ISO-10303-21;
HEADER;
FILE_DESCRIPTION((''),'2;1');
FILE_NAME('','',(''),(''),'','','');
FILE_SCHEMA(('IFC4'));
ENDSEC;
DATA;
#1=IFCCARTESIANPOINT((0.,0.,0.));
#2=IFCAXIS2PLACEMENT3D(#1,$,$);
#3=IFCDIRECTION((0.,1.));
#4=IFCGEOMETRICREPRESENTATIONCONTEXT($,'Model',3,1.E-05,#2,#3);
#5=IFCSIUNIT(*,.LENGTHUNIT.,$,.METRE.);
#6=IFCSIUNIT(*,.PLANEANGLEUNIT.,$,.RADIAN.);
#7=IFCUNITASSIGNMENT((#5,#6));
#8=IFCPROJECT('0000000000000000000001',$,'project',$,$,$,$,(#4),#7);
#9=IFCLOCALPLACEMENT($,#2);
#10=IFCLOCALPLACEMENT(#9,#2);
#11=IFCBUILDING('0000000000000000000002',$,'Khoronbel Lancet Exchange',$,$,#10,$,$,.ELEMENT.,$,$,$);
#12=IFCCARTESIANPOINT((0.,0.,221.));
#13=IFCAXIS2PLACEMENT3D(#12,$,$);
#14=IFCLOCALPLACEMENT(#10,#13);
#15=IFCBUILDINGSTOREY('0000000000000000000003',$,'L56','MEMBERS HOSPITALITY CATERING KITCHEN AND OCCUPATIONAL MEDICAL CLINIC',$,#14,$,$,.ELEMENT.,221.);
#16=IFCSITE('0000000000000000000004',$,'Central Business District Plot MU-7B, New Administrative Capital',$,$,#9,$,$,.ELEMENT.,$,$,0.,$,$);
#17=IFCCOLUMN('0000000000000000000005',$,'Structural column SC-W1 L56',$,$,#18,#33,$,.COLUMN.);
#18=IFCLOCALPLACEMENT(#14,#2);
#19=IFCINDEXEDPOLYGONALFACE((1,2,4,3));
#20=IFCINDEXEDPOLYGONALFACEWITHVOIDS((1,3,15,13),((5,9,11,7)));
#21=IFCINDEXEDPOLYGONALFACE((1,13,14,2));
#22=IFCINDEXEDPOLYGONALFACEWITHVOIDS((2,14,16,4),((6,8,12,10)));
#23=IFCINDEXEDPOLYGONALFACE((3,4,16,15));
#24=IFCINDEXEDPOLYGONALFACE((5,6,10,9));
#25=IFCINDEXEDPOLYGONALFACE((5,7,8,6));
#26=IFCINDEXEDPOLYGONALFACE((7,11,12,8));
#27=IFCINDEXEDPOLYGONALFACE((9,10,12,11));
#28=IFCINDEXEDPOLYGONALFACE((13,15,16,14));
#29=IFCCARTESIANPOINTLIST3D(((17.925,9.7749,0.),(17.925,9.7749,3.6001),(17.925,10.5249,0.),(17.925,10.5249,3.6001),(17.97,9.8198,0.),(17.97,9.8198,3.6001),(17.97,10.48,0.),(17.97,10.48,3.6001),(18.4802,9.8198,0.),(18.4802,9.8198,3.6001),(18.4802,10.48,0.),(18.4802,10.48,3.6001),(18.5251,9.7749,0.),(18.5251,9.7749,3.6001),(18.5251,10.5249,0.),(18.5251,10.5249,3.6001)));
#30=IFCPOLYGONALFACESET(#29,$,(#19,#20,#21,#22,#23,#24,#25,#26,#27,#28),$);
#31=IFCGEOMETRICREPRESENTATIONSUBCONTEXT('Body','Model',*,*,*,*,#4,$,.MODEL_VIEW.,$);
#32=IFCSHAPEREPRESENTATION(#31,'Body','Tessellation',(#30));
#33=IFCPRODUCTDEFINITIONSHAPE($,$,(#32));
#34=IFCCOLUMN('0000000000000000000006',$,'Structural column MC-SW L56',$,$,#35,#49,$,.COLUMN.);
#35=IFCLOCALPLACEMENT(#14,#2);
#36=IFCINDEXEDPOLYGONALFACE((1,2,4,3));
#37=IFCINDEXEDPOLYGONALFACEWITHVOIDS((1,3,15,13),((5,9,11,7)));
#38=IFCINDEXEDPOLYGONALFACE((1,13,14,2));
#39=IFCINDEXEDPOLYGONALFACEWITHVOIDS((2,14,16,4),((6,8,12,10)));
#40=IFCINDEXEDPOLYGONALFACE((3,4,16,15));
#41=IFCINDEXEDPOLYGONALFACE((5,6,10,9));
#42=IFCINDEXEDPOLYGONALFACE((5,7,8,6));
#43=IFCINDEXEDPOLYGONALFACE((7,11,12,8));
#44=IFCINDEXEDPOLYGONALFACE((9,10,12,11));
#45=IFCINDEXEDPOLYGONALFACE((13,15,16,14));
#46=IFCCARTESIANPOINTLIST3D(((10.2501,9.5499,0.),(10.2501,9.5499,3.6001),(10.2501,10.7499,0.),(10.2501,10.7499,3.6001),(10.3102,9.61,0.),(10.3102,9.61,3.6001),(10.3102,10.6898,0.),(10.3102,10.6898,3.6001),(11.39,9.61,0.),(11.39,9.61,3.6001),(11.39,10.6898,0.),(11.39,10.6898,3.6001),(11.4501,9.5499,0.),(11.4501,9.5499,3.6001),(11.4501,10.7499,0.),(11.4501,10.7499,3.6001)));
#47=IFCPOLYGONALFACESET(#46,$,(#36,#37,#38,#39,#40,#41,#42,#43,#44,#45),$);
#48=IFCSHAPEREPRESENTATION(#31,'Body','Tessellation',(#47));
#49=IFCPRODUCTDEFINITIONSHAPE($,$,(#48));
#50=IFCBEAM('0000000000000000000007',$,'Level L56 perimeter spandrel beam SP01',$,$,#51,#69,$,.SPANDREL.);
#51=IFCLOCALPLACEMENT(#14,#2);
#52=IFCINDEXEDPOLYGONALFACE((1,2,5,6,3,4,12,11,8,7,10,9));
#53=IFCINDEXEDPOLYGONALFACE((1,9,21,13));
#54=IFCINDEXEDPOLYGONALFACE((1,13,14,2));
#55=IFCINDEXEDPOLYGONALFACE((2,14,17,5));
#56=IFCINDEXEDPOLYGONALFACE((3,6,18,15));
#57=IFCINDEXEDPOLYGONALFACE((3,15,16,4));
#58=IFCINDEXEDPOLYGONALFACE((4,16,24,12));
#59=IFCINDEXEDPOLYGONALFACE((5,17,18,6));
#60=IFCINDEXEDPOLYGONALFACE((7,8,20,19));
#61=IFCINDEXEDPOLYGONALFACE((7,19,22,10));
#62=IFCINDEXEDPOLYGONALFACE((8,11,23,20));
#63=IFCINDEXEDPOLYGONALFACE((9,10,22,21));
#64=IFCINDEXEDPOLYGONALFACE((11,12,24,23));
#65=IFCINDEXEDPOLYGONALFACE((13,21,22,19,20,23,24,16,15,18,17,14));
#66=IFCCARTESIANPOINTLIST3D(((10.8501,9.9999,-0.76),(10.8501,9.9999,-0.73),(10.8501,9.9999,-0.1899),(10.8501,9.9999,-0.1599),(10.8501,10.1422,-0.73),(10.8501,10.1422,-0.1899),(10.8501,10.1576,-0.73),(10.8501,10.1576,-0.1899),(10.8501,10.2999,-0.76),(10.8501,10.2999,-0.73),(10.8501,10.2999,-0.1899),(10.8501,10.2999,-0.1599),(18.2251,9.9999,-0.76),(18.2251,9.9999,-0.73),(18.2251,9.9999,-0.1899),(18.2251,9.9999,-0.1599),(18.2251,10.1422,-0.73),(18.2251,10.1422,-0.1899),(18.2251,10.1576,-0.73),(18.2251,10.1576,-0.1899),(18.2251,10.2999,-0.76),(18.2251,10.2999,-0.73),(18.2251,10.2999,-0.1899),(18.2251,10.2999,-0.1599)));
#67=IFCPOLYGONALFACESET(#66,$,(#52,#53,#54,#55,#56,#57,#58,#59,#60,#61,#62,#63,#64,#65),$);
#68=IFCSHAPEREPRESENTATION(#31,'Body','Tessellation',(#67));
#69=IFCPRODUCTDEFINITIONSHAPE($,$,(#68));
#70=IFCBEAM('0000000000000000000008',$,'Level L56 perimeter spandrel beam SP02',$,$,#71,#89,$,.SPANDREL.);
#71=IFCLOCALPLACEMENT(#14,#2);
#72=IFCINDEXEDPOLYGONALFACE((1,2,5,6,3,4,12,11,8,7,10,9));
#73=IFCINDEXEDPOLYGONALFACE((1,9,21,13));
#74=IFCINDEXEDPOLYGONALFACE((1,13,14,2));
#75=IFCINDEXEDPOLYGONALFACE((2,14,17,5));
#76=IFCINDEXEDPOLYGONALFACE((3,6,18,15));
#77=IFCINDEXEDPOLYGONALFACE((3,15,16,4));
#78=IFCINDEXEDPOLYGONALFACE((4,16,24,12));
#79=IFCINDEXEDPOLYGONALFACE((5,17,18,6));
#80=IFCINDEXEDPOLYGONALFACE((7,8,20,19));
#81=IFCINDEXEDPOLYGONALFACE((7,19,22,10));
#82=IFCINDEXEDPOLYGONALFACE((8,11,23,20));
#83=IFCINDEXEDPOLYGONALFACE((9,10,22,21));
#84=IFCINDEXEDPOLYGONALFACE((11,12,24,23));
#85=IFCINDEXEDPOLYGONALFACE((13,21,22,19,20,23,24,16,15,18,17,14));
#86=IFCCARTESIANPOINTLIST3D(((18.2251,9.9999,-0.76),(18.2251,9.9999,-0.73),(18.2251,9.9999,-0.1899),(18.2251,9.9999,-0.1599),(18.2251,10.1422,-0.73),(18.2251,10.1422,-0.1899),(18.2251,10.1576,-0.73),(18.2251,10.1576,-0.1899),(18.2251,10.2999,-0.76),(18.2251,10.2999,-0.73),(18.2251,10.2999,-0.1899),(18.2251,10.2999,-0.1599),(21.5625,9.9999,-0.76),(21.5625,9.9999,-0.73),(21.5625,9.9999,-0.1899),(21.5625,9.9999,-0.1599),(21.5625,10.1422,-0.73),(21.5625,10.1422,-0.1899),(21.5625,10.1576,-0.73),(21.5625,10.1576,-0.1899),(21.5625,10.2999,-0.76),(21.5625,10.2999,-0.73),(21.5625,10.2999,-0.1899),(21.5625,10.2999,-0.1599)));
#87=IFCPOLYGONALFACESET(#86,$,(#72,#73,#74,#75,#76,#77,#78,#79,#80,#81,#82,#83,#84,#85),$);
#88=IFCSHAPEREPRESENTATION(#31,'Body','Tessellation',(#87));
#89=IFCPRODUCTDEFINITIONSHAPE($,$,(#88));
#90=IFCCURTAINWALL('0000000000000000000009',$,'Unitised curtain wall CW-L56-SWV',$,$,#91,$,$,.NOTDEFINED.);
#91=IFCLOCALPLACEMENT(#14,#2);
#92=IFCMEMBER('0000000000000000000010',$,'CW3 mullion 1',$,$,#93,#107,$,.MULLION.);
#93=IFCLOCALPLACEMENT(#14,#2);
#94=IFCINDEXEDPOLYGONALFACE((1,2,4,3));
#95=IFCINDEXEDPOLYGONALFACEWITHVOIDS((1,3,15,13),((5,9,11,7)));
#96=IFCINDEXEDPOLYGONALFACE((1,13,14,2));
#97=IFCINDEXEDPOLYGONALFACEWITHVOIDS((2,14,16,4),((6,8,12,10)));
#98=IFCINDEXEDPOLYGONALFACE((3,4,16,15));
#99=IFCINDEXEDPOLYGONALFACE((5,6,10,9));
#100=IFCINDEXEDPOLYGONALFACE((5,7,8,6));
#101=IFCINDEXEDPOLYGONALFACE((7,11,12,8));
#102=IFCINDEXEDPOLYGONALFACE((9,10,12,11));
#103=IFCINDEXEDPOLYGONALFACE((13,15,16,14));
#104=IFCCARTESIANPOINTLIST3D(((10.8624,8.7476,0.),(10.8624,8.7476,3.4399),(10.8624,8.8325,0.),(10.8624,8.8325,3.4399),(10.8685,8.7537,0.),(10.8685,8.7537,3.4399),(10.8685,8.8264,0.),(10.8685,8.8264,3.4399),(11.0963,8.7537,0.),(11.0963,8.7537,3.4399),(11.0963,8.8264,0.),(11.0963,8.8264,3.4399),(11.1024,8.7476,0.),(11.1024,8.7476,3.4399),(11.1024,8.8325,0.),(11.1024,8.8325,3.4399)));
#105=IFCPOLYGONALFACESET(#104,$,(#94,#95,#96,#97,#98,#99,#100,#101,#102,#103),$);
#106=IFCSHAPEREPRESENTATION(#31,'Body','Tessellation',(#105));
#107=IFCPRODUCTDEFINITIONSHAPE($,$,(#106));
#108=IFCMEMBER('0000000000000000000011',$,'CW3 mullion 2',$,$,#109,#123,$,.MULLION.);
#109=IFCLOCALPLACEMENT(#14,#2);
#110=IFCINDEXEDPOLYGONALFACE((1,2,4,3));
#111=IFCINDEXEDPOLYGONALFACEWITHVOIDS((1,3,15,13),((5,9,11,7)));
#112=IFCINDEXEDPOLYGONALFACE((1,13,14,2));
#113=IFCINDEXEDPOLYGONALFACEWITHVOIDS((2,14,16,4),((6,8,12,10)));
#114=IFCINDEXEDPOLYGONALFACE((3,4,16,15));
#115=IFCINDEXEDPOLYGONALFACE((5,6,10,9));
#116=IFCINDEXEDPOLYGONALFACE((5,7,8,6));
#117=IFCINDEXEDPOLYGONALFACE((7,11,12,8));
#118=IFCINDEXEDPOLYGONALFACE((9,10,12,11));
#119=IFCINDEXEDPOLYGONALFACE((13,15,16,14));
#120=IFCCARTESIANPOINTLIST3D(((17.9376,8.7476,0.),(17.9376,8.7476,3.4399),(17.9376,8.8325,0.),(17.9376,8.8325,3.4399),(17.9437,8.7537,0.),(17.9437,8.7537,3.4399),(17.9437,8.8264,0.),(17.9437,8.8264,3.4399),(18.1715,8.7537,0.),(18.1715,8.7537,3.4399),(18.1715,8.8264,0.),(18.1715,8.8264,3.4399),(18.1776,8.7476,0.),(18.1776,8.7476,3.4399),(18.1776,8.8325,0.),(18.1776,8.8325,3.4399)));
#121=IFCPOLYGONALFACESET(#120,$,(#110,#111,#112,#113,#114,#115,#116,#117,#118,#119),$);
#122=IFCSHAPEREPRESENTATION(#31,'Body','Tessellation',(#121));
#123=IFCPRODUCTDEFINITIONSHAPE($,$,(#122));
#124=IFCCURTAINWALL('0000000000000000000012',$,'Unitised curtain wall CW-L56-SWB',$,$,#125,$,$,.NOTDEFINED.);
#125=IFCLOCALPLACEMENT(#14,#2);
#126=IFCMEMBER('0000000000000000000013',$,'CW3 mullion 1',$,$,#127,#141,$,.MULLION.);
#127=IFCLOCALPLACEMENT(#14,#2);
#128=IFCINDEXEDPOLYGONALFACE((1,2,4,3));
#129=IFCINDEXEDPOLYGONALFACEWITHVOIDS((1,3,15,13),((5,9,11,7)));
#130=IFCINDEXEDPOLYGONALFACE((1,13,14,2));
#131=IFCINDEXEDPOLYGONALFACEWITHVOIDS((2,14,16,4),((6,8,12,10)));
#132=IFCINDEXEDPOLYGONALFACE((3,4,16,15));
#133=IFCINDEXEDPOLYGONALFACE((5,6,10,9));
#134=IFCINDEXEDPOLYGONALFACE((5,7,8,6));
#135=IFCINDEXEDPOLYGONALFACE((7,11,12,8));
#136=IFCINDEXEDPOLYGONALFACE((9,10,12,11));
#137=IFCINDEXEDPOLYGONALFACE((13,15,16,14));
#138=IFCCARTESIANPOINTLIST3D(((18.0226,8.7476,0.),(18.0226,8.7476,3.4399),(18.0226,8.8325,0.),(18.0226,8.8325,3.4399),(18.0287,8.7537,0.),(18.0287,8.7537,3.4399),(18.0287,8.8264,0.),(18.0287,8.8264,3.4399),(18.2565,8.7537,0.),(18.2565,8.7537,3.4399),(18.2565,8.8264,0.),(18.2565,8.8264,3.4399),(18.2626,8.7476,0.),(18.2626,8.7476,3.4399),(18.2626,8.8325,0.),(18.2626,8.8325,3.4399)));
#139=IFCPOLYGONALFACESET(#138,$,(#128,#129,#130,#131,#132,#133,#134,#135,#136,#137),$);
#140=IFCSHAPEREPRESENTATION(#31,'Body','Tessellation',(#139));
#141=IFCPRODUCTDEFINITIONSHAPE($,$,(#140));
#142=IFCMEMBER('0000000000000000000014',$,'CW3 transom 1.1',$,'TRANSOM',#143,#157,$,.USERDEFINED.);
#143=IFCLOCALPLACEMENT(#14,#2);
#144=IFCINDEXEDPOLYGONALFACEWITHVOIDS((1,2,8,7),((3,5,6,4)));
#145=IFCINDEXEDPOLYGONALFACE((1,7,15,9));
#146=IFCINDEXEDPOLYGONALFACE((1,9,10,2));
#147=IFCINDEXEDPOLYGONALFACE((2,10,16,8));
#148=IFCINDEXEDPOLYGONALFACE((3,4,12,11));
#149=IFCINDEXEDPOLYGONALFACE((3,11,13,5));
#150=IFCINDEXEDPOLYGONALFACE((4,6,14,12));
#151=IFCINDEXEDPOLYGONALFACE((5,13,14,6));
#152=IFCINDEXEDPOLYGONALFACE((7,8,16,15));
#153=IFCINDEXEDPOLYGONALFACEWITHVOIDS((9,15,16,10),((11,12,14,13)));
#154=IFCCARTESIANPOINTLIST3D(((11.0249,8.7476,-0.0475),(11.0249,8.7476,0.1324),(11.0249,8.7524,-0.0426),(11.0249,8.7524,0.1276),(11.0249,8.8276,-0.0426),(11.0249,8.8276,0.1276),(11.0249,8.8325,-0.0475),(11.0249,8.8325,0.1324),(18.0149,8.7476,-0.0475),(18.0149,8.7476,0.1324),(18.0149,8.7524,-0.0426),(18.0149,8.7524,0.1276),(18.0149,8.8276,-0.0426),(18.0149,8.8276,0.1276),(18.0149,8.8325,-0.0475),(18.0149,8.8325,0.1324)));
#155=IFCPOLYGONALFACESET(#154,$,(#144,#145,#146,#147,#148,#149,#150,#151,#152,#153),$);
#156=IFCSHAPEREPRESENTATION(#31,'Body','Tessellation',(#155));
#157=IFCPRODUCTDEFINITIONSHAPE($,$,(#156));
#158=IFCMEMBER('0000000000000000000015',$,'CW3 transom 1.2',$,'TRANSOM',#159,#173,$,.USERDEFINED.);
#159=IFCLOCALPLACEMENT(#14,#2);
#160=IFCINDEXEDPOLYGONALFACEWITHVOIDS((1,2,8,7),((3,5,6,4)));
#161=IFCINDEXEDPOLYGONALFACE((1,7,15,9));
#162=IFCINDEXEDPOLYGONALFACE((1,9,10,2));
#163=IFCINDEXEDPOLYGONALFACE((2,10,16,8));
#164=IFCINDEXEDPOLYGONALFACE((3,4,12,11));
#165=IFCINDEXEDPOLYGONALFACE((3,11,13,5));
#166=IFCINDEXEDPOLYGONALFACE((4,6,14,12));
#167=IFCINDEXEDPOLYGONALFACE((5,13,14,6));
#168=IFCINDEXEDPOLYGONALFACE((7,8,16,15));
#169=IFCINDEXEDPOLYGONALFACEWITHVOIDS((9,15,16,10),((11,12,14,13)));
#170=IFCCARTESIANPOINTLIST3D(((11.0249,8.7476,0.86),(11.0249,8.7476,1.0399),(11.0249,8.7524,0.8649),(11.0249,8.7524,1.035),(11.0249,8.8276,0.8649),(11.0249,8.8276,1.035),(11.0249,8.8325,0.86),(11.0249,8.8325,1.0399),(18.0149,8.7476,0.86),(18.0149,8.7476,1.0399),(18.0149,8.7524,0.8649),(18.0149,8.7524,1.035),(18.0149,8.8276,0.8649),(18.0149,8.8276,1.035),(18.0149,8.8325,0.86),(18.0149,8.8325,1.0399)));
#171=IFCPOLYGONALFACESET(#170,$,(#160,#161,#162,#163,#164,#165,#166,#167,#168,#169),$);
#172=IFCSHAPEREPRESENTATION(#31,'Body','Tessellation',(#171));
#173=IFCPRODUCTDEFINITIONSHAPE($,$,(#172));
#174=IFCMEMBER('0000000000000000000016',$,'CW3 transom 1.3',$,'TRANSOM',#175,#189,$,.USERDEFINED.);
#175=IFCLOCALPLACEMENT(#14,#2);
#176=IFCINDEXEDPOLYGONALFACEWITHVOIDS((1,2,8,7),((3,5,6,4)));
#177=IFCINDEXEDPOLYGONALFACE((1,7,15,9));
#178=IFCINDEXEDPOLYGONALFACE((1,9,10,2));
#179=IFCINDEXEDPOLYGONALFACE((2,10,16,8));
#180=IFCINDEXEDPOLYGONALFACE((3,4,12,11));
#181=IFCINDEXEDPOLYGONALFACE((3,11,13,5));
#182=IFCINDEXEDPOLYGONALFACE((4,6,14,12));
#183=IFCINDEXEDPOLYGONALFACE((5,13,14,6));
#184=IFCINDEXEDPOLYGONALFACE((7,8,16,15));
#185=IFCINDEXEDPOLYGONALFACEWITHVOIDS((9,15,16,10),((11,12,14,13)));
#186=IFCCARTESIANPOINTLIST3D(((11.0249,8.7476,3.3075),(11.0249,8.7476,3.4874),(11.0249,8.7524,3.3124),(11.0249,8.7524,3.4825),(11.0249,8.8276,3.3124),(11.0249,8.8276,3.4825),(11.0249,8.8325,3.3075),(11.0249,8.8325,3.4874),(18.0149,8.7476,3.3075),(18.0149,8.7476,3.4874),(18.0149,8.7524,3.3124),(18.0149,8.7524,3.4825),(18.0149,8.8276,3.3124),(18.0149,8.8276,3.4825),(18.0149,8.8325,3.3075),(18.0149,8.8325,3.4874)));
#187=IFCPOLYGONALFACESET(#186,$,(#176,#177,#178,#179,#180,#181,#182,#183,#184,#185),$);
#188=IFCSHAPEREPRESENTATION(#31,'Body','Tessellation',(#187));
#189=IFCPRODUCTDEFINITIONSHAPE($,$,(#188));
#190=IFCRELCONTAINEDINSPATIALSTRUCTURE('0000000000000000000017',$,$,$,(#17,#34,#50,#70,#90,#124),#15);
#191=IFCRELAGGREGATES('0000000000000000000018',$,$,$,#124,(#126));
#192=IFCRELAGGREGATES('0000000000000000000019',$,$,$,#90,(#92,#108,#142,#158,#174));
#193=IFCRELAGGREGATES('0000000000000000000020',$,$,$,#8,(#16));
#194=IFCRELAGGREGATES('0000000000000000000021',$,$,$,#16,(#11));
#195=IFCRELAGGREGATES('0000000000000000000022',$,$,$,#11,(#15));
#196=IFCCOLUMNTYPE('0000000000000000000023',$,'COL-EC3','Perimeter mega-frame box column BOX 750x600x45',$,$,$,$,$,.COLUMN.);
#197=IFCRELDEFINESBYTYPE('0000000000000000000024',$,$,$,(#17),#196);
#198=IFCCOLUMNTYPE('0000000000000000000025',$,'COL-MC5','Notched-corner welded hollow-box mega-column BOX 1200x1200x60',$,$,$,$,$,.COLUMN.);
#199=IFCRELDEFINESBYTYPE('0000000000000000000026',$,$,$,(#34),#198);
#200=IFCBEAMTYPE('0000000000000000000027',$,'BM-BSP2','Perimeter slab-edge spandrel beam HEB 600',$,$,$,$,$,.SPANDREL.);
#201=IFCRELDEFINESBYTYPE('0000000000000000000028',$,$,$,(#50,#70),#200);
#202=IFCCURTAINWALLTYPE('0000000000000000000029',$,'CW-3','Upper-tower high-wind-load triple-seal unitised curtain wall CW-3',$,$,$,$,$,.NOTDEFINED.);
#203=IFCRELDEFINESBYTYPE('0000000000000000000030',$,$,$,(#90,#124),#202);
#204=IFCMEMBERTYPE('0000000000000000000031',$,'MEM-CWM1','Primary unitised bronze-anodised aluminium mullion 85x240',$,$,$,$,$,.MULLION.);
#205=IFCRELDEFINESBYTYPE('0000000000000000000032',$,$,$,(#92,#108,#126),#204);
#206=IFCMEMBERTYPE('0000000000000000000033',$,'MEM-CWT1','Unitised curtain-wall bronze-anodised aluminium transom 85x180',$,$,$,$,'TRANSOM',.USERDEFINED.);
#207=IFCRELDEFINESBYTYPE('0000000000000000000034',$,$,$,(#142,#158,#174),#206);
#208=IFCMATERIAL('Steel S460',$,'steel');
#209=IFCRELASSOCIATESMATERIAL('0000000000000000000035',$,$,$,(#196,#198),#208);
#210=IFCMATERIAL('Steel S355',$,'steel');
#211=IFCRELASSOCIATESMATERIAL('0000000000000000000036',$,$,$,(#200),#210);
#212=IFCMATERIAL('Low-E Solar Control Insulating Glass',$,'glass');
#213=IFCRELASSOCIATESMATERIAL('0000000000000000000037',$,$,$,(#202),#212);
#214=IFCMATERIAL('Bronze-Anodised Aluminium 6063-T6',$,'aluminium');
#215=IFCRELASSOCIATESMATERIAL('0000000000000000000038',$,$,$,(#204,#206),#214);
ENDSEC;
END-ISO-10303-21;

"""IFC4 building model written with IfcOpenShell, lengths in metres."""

from ifc_helpers import new_model, si_unit, direction, frame, origin, origin_2d, place, context, subcontext, project, spatial, hollow_rectangle, i_section, extrude, material, material_profile, profile_set, type_object, element, aggregate, save


model = new_model("IFC4")

# Units and contexts
model_context = context("Model", 3, precision=1e-05, world=origin(), true_north=direction((0.0, 1.0)))
body_context = subcontext(model_context, "Body", "Model", "MODEL_VIEW")
ifc_project = project(units=[si_unit("LENGTHUNIT", "METRE"), si_unit("PLANEANGLEUNIT", "RADIAN")], contexts=[model_context])

# Site, building, storey
site_placement = place(None, origin())
site = spatial("IfcSite", under=ifc_project, at=site_placement, Name="Central Business District Plot MU-7B, New Administrative Capital", CompositionType="ELEMENT", RefElevation=0.0)
building_placement = place(site_placement, origin())
building = spatial("IfcBuilding", under=site, at=building_placement, Name="Khoronbel Lancet Exchange", CompositionType="ELEMENT")
storey_placement = place(building_placement, frame((0.0, 0.0, 221.0)))
storey = spatial("IfcBuildingStorey", under=building, at=storey_placement, Name="L56", Description="MEMBERS HOSPITALITY CATERING KITCHEN AND OCCUPATIONAL MEDICAL CLINIC", CompositionType="ELEMENT", Elevation=221.0)

# Columns
ifc_material_1 = material(Name="Steel S460", Category="steel")
ifc_material_profile_1 = material_profile(ifc_material_1, hollow_rectangle(XDim=0.6001, YDim=0.75, WallThickness=0.0449, at=origin_2d()), Name="BOX 750x600x45")
ifc_profile_set_1 = profile_set([ifc_material_profile_1], Name="Steel S460")
column_type_1 = type_object("IfcColumnType", Name="COL-EC3", Description="Perimeter mega-frame box column BOX 750x600x45", PredefinedType="COLUMN", material=ifc_profile_set_1)
column_1_placement = place(storey_placement, frame((18.2251, 10.1499, 0.0), z_axis=(0.0, 0.0, 1.0), x_axis=(1.0, 0.0, 0.0)))
element("IfcColumn", 1, at=column_1_placement, inside=storey, type_object=column_type_1, Name="Structural column SC-W1 L56", PredefinedType="COLUMN", context=body_context, shape_type="SweptSolid", body=[
    extrude(hollow_rectangle(XDim=0.6001, YDim=0.75, WallThickness=0.0449, at=origin_2d()), origin(), (0.0, 0.0, 1.0), 3.6001),
])
ifc_material_profile_2 = material_profile(ifc_material_1, hollow_rectangle(XDim=1.2, YDim=1.2, WallThickness=0.0601, at=origin_2d()), Name="BOX 1200x1200x60")
ifc_profile_set_2 = profile_set([ifc_material_profile_2], Name="Steel S460")
column_type_2 = type_object("IfcColumnType", Name="COL-MC5", Description="Notched-corner welded hollow-box mega-column BOX 1200x1200x60", PredefinedType="COLUMN", material=ifc_profile_set_2)
column_2_placement = place(storey_placement, frame((10.8501, 10.1499, 0.0), z_axis=(0.0, 0.0, 1.0), x_axis=(1.0, 0.0, 0.0)))
element("IfcColumn", 2, at=column_2_placement, inside=storey, type_object=column_type_2, Name="Structural column MC-SW L56", PredefinedType="COLUMN", context=body_context, shape_type="SweptSolid", body=[
    extrude(hollow_rectangle(XDim=1.2, YDim=1.2, WallThickness=0.0601, at=origin_2d()), origin(), (0.0, 0.0, 1.0), 3.6001),
])

# Beams
ifc_material_2 = material(Name="Steel S355", Category="steel")
ifc_material_profile_3 = material_profile(ifc_material_2, i_section(OverallWidth=0.3, OverallDepth=0.6001, WebThickness=0.0154, FlangeThickness=0.03, at=origin_2d()), Name="HEB 600")
ifc_profile_set_3 = profile_set([ifc_material_profile_3], Name="Steel S355")
beam_type = type_object("IfcBeamType", Name="BM-BSP2", Description="Perimeter slab-edge spandrel beam HEB 600", PredefinedType="SPANDREL", material=ifc_profile_set_3)
beam_1_placement = place(storey_placement, frame((10.8501, 10.1499, -0.46), z_axis=(1.0, 0.0, 0.0), x_axis=(0.0, 1.0, 0.0)))
element("IfcBeam", 3, at=beam_1_placement, inside=storey, type_object=beam_type, Name="Level L56 perimeter spandrel beam SP01", PredefinedType="SPANDREL", context=body_context, shape_type="SweptSolid", body=[
    extrude(i_section(OverallWidth=0.3, OverallDepth=0.6001, WebThickness=0.0154, FlangeThickness=0.03, at=origin_2d()), origin(), (0.0, 0.0, 1.0), 7.375),
])
beam_2_placement = place(storey_placement, frame((18.2251, 10.1499, -0.46), z_axis=(1.0, 0.0, 0.0), x_axis=(0.0, 1.0, 0.0)))
element("IfcBeam", 4, at=beam_2_placement, inside=storey, type_object=beam_type, Name="Level L56 perimeter spandrel beam SP02", PredefinedType="SPANDREL", context=body_context, shape_type="SweptSolid", body=[
    extrude(i_section(OverallWidth=0.3, OverallDepth=0.6001, WebThickness=0.0154, FlangeThickness=0.03, at=origin_2d()), origin(), (0.0, 0.0, 1.0), 3.3374),
])

# Curtain wall, members
ifc_material_3 = material(Name="Low-E Solar Control Insulating Glass", Category="glass")
curtain_wall_type = type_object("IfcCurtainWallType", Name="CW-3", Description="Upper-tower high-wind-load triple-seal unitised curtain wall CW-3", PredefinedType="NOTDEFINED", material=ifc_material_3)
curtain_wall_1_placement = place(storey_placement, origin())
curtain_wall_1 = element("IfcCurtainWall", 5, at=curtain_wall_1_placement, inside=storey, type_object=curtain_wall_type, Name="Unitised curtain wall CW-L56-SWV", PredefinedType="NOTDEFINED")
ifc_material_4 = material(Name="Bronze-Anodised Aluminium 6063-T6", Category="aluminium")
ifc_material_profile_4 = material_profile(ifc_material_4, hollow_rectangle(XDim=0.085, YDim=0.24, WallThickness=0.0061, at=origin_2d()), Name="ALU MULLION 85x240")
ifc_profile_set_4 = profile_set([ifc_material_profile_4], Name="Bronze-Anodised Aluminium 6063-T6")
member_type_1 = type_object("IfcMemberType", Name="MEM-CWM1", Description="Primary unitised bronze-anodised aluminium mullion 85x240", PredefinedType="MULLION", material=ifc_profile_set_4)
member_1_placement = place(storey_placement, frame((10.9824, 8.79, 0.0), z_axis=(0.0, 0.0, 1.0), x_axis=(0.0, 1.0, 0.0)))
member_1 = element("IfcMember", 6, at=member_1_placement, type_object=member_type_1, Name="CW3 mullion 1", PredefinedType="MULLION", context=body_context, shape_type="SweptSolid", body=[
    extrude(hollow_rectangle(XDim=0.085, YDim=0.24, WallThickness=0.0061, at=origin_2d()), origin(), (0.0, 0.0, 1.0), 3.4399),
])
member_2_placement = place(storey_placement, frame((18.0576, 8.79, 0.0), z_axis=(0.0, 0.0, 1.0), x_axis=(0.0, 1.0, 0.0)))
member_2 = element("IfcMember", 7, at=member_2_placement, type_object=member_type_1, Name="CW3 mullion 2", PredefinedType="MULLION", context=body_context, shape_type="SweptSolid", body=[
    extrude(hollow_rectangle(XDim=0.085, YDim=0.24, WallThickness=0.0061, at=origin_2d()), origin(), (0.0, 0.0, 1.0), 3.4399),
])

# Curtain wall, member
curtain_wall_2_placement = place(storey_placement, origin())
curtain_wall_2 = element("IfcCurtainWall", 8, at=curtain_wall_2_placement, inside=storey, type_object=curtain_wall_type, Name="Unitised curtain wall CW-L56-SWB", PredefinedType="NOTDEFINED")
member_3_placement = place(storey_placement, frame((18.1426, 8.79, 0.0), z_axis=(0.0, 0.0, 1.0), x_axis=(0.0, 1.0, 0.0)))
member_3 = element("IfcMember", 9, at=member_3_placement, type_object=member_type_1, Name="CW3 mullion 1", PredefinedType="MULLION", context=body_context, shape_type="SweptSolid", body=[
    extrude(hollow_rectangle(XDim=0.085, YDim=0.24, WallThickness=0.0061, at=origin_2d()), origin(), (0.0, 0.0, 1.0), 3.4399),
])

# Members
ifc_material_profile_5 = material_profile(ifc_material_4, hollow_rectangle(XDim=0.085, YDim=0.1799, WallThickness=0.0049, at=origin_2d()), Name="ALU TRANSOM 85x180")
ifc_profile_set_5 = profile_set([ifc_material_profile_5], Name="Bronze-Anodised Aluminium 6063-T6")
member_type_2 = type_object("IfcMemberType", Name="MEM-CWT1", Description="Unitised curtain-wall bronze-anodised aluminium transom 85x180", ElementType="TRANSOM", PredefinedType="USERDEFINED", material=ifc_profile_set_5)
member_4_placement = place(storey_placement, frame((11.0249, 8.79, 0.0425), z_axis=(1.0, 0.0, 0.0), x_axis=(0.0, 1.0, 0.0)))
member_4 = element("IfcMember", 10, at=member_4_placement, type_object=member_type_2, Name="CW3 transom 1.1", ObjectType="TRANSOM", PredefinedType="USERDEFINED", context=body_context, shape_type="SweptSolid", body=[
    extrude(hollow_rectangle(XDim=0.085, YDim=0.1799, WallThickness=0.0049, at=origin_2d()), origin(), (0.0, 0.0, 1.0), 6.99),
])
member_5_placement = place(storey_placement, frame((11.0249, 8.79, 0.95), z_axis=(1.0, 0.0, 0.0), x_axis=(0.0, 1.0, 0.0)))
member_5 = element("IfcMember", 11, at=member_5_placement, type_object=member_type_2, Name="CW3 transom 1.2", ObjectType="TRANSOM", PredefinedType="USERDEFINED", context=body_context, shape_type="SweptSolid", body=[
    extrude(hollow_rectangle(XDim=0.085, YDim=0.1799, WallThickness=0.0049, at=origin_2d()), origin(), (0.0, 0.0, 1.0), 6.99),
])
member_6_placement = place(storey_placement, frame((11.0249, 8.79, 3.3975), z_axis=(1.0, 0.0, 0.0), x_axis=(0.0, 1.0, 0.0)))
member_6 = element("IfcMember", 12, at=member_6_placement, type_object=member_type_2, Name="CW3 transom 1.3", ObjectType="TRANSOM", PredefinedType="USERDEFINED", context=body_context, shape_type="SweptSolid", body=[
    extrude(hollow_rectangle(XDim=0.085, YDim=0.1799, WallThickness=0.0049, at=origin_2d()), origin(), (0.0, 0.0, 1.0), 6.99),
])
aggregate(curtain_wall_2, [member_3])

aggregate(curtain_wall_1, [member_1, member_2, member_4, member_5, member_6])

save(model, "model.ifc")
